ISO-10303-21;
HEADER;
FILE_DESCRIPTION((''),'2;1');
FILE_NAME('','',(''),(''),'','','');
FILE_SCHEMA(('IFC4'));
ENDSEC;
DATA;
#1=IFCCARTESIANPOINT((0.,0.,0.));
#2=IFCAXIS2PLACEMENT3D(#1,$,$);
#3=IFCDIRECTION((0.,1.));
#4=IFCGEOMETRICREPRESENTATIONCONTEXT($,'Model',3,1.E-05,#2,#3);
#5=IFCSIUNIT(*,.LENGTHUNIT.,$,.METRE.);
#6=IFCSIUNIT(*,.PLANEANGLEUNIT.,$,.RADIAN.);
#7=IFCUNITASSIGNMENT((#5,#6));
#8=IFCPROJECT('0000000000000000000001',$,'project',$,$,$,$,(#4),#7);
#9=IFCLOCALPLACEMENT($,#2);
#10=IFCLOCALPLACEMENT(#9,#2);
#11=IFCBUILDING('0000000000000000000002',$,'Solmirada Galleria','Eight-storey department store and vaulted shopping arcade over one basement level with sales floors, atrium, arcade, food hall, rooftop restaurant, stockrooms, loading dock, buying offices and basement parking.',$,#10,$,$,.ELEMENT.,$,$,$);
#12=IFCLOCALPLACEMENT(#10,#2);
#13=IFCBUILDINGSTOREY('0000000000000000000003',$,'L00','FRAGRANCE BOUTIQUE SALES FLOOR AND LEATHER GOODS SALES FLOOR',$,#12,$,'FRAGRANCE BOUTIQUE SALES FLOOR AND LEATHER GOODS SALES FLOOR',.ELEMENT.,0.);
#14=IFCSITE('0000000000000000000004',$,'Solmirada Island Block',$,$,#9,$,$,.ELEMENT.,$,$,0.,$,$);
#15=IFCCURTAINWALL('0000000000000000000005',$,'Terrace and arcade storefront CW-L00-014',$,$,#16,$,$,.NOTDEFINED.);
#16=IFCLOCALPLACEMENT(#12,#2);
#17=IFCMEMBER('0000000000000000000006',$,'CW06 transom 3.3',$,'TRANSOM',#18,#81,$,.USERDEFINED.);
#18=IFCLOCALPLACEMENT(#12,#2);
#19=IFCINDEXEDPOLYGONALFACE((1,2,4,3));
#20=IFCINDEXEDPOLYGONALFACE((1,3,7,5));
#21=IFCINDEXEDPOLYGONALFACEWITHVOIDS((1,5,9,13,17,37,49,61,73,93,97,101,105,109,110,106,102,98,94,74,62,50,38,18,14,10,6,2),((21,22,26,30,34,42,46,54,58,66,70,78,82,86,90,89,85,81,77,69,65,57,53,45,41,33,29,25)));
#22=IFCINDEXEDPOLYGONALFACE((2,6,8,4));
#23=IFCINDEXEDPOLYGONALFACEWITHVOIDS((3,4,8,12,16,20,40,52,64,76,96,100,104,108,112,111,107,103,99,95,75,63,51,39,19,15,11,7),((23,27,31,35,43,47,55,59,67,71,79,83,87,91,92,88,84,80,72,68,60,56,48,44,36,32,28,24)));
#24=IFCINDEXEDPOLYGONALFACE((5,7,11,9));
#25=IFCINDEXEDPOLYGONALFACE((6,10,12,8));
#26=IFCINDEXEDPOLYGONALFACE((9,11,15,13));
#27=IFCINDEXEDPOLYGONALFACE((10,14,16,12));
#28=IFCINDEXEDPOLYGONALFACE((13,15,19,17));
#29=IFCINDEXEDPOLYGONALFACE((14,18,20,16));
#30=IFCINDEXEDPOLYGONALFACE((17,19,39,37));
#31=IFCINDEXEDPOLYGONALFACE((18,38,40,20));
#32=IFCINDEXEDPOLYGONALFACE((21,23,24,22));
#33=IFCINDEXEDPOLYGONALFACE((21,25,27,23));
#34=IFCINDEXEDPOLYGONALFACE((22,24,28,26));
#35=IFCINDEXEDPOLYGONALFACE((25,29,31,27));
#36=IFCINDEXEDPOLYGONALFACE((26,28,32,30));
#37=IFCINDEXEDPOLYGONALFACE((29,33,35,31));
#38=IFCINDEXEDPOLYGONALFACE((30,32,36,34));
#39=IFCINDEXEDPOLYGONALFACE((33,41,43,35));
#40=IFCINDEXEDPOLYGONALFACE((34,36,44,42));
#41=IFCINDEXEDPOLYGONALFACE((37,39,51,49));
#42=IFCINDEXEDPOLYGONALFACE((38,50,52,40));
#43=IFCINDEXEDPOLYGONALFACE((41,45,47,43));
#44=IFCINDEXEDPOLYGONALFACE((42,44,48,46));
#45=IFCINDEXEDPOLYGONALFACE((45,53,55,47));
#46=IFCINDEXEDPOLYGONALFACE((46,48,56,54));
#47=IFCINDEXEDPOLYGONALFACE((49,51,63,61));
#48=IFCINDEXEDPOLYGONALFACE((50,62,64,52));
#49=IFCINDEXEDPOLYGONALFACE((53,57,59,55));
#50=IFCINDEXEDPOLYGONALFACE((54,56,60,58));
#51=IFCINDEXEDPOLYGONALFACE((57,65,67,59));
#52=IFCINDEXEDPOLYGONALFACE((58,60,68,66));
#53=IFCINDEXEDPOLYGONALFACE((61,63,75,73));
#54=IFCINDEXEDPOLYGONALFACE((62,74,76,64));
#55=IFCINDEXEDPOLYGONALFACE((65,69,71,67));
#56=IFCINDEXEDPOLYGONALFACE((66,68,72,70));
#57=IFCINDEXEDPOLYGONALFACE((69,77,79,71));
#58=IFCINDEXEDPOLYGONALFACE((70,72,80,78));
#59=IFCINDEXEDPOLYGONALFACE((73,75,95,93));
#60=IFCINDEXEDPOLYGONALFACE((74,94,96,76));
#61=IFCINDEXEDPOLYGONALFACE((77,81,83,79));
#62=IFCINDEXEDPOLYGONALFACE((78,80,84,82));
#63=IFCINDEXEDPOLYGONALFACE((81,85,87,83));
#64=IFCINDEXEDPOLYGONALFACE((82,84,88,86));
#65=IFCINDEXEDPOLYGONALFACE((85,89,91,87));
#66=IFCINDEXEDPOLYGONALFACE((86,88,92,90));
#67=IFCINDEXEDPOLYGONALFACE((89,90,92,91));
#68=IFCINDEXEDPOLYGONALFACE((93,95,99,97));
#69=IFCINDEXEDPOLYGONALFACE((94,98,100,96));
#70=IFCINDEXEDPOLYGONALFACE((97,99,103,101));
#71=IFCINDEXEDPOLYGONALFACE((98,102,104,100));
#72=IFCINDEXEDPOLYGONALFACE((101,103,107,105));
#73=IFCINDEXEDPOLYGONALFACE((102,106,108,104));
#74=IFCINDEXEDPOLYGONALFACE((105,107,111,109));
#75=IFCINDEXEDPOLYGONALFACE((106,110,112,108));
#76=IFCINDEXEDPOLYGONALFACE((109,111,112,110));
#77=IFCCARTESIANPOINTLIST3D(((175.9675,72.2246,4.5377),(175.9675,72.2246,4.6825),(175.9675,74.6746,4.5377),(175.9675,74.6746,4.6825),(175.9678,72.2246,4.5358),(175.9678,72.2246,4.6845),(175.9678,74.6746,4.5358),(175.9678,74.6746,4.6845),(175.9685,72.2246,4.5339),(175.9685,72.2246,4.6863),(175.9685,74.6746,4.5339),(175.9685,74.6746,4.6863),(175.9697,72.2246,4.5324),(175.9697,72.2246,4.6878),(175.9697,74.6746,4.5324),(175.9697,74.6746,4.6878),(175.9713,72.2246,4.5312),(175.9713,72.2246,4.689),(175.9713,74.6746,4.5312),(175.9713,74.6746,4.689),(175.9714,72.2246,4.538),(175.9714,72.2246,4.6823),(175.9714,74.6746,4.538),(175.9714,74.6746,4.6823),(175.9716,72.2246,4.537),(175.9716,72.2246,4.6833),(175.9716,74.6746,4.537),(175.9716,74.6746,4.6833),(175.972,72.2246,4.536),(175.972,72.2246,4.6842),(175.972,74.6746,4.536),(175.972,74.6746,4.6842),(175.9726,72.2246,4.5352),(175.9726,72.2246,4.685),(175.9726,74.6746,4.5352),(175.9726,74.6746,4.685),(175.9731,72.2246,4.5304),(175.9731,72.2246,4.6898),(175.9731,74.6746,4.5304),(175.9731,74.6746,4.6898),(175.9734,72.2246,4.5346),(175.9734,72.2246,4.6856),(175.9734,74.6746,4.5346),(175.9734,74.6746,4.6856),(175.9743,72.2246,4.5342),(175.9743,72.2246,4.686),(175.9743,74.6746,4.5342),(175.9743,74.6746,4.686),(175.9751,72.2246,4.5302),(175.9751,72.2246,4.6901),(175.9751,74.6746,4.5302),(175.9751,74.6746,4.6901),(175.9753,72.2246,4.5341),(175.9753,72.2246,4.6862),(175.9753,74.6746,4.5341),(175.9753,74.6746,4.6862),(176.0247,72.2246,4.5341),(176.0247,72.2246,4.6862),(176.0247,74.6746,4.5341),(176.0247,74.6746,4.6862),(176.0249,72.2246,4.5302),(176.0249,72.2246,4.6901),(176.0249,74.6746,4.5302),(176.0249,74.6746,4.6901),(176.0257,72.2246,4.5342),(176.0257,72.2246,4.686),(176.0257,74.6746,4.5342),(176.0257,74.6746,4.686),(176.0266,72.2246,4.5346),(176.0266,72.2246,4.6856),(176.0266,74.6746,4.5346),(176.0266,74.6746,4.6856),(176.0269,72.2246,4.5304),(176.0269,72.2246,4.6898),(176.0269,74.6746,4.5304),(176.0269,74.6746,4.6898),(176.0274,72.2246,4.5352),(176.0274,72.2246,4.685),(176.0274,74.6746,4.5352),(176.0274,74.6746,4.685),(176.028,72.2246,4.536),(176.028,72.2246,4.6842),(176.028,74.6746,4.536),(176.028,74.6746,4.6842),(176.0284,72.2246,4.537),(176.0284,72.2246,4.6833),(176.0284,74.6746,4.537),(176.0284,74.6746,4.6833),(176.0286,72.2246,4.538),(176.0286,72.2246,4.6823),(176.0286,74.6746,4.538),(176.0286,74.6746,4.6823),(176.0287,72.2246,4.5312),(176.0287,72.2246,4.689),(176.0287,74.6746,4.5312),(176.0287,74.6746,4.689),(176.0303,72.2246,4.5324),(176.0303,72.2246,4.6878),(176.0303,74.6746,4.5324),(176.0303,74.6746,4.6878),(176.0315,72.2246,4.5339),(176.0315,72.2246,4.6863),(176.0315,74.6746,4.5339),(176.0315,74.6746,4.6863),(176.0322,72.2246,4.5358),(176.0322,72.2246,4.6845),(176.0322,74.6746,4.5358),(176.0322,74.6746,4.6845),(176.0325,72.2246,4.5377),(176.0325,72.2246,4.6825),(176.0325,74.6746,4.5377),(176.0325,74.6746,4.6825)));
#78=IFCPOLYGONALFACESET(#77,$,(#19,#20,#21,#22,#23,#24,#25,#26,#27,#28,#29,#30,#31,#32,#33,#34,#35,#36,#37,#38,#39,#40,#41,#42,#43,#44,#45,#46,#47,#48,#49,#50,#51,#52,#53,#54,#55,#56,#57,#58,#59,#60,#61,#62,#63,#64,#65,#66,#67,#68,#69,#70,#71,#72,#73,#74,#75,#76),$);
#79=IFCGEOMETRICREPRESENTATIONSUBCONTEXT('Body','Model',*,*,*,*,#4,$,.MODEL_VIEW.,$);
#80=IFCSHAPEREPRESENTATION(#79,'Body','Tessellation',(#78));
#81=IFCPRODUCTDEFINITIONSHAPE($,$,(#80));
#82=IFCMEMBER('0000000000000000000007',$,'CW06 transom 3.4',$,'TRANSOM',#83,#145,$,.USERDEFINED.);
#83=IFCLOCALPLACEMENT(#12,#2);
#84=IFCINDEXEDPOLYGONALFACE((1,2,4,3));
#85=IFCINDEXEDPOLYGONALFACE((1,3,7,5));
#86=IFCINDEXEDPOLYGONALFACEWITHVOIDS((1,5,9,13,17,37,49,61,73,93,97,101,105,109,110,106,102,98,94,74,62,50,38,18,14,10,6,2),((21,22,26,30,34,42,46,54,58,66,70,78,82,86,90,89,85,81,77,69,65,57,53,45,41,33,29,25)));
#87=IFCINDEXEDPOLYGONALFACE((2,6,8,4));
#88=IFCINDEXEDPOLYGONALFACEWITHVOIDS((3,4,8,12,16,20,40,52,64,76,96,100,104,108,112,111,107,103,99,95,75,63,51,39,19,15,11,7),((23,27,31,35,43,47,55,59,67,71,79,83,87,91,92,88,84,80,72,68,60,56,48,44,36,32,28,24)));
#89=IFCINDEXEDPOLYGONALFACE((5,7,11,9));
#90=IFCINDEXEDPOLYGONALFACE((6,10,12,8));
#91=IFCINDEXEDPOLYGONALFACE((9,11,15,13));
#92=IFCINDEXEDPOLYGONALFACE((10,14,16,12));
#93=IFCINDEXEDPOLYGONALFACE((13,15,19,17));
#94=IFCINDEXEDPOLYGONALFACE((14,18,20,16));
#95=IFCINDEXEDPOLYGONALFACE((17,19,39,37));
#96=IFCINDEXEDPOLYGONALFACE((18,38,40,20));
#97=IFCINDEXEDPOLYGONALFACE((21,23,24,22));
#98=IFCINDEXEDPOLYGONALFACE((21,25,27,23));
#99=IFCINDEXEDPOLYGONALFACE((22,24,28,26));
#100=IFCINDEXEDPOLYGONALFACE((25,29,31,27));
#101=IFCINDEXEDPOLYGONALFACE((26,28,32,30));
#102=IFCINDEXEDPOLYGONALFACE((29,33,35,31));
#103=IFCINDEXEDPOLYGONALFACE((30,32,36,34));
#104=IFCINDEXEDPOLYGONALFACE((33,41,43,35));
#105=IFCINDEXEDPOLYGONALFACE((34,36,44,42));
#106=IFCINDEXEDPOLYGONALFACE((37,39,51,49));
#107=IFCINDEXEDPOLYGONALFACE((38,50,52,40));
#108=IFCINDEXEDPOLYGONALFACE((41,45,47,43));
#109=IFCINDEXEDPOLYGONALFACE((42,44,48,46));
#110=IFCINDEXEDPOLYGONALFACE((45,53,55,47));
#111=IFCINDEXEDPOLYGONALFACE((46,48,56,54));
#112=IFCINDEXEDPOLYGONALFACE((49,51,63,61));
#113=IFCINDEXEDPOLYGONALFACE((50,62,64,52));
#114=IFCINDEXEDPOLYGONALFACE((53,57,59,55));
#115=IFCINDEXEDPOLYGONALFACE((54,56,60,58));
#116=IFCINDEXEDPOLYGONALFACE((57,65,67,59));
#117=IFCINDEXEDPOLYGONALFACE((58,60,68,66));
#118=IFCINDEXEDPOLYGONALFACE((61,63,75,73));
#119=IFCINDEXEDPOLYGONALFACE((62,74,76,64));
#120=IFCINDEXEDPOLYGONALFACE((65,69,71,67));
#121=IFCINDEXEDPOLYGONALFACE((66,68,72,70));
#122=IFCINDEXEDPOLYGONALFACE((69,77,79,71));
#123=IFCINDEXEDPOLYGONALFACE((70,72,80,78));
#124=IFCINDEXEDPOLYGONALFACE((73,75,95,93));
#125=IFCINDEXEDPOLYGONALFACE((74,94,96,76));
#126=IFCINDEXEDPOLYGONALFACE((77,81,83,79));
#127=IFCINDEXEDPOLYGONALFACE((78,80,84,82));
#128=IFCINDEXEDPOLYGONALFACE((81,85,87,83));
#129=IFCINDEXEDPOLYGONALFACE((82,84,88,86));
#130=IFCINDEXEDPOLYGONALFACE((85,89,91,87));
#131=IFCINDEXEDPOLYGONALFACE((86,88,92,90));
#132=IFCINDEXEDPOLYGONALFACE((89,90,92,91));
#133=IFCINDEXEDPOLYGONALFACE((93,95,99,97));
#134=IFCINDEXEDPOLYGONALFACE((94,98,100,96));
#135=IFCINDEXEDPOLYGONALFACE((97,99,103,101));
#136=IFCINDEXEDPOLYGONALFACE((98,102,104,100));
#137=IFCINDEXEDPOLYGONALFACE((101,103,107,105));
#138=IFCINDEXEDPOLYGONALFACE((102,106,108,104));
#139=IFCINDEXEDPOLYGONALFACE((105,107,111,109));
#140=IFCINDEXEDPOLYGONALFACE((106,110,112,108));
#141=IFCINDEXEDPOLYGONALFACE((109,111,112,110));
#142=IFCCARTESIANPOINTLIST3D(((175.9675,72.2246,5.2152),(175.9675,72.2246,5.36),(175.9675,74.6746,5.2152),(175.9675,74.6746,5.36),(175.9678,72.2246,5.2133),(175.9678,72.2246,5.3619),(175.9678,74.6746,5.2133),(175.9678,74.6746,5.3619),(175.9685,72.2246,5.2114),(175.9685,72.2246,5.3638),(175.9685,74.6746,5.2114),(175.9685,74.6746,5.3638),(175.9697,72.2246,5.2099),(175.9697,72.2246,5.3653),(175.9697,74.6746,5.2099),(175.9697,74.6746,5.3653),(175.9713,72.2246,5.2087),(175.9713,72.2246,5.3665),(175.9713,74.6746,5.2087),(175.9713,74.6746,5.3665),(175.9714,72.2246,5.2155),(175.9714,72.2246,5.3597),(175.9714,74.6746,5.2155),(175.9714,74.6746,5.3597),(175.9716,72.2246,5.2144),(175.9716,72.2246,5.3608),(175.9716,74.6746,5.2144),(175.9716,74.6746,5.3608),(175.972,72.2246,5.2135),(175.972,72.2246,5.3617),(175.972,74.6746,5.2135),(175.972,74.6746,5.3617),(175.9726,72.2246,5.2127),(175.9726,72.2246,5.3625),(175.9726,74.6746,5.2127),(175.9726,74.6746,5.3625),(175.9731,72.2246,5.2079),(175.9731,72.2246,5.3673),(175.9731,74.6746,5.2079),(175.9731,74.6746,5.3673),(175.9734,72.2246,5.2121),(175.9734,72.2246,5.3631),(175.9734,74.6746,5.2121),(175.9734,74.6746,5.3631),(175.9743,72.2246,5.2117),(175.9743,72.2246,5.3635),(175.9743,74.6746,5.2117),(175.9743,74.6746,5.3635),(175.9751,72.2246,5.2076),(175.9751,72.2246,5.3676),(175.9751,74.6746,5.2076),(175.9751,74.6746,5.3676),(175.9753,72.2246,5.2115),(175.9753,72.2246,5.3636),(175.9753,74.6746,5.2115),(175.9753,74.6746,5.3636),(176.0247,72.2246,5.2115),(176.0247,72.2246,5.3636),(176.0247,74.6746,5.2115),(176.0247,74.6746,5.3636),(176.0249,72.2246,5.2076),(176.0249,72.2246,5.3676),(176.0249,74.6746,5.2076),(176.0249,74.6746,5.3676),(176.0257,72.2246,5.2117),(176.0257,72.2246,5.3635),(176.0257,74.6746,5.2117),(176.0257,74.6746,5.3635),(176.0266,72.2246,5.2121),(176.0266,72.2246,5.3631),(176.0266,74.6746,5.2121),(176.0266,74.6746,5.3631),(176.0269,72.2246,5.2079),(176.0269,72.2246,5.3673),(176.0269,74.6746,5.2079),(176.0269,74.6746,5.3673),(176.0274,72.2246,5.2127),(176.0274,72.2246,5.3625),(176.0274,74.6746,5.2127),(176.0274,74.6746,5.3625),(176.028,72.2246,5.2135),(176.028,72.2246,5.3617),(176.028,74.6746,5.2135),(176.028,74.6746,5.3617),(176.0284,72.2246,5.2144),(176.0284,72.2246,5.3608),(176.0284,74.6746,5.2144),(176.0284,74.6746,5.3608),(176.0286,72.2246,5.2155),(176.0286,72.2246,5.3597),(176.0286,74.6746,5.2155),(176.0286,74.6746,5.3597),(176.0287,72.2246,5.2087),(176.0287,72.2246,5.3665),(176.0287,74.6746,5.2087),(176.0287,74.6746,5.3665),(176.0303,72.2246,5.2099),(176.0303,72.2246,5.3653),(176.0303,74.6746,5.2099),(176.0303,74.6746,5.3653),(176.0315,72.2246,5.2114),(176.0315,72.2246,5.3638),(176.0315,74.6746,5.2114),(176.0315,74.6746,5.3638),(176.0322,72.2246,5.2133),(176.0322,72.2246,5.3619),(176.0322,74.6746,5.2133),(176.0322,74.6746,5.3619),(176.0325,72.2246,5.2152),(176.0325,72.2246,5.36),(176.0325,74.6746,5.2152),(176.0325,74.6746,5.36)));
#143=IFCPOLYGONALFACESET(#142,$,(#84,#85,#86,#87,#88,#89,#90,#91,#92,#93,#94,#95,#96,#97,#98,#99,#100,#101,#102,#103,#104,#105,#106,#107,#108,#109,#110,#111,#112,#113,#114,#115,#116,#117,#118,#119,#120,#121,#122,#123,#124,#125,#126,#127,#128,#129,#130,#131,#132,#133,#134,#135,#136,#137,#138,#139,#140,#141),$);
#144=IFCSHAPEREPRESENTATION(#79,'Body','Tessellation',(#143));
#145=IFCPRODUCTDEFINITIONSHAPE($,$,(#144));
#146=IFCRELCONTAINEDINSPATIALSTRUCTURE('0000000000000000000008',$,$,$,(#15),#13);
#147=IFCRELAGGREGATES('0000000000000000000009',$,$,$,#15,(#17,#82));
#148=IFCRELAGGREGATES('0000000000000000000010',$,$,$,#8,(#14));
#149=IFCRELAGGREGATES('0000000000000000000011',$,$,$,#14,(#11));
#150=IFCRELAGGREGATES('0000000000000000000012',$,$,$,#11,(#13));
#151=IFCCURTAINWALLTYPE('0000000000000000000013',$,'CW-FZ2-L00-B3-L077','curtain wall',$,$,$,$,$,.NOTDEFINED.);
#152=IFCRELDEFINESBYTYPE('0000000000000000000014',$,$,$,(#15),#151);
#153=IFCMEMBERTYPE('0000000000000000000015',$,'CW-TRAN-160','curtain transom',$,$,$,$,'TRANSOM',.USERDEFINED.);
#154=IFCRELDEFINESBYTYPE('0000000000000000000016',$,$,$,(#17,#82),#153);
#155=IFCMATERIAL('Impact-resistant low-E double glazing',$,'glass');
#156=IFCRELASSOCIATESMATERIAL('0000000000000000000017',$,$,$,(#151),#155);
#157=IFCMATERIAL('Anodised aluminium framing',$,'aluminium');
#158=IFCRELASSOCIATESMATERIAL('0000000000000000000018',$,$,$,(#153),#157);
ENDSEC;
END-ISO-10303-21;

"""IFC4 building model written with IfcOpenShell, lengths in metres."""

from ifc_helpers import new_model, si_unit, direction, frame, origin, origin_2d, place, context, subcontext, project, spatial, hollow_rectangle, extrude, material, material_profile, profile_set, type_object, element, aggregate, save


model = new_model("IFC4")

# Units and contexts
model_context = context("Model", 3, precision=1e-05, world=origin(), true_north=direction((0.0, 1.0)))
body_context = subcontext(model_context, "Body", "Model", "MODEL_VIEW")
ifc_project = project(units=[si_unit("LENGTHUNIT", "METRE"), si_unit("PLANEANGLEUNIT", "RADIAN")], contexts=[model_context])

# Site, building, storey
site_placement = place(None, origin())
site = spatial("IfcSite", under=ifc_project, at=site_placement, Name="Solmirada Island Block", CompositionType="ELEMENT", RefElevation=0.0)
building_placement = place(site_placement, origin())
building = spatial("IfcBuilding", under=site, at=building_placement, Name="Solmirada Galleria", Description="Eight-storey department store and vaulted shopping arcade over one basement level with sales floors, atrium, arcade, food hall, rooftop restaurant, stockrooms, loading dock, buying offices and basement parking.", CompositionType="ELEMENT")
storey_placement = place(building_placement, origin())
storey = spatial("IfcBuildingStorey", under=building, at=storey_placement, Name="L00", Description="FRAGRANCE BOUTIQUE SALES FLOOR AND LEATHER GOODS SALES FLOOR", LongName="FRAGRANCE BOUTIQUE SALES FLOOR AND LEATHER GOODS SALES FLOOR", CompositionType="ELEMENT", Elevation=0.0)

# Curtain wall, members
ifc_material_1 = material(Name="Impact-resistant low-E double glazing", Category="glass")
curtain_wall_type = type_object("IfcCurtainWallType", Name="CW-FZ2-L00-B3-L077", Description="curtain wall", PredefinedType="NOTDEFINED", material=ifc_material_1)
curtain_wall_placement = place(storey_placement, origin())
curtain_wall = element("IfcCurtainWall", 1, at=curtain_wall_placement, inside=storey, type_object=curtain_wall_type, Name="Terrace and arcade storefront CW-L00-014", PredefinedType="NOTDEFINED")
ifc_material_2 = material(Name="Anodised aluminium framing", Category="aluminium")
ifc_material_profile_1 = material_profile(ifc_material_2, hollow_rectangle(XDim=0.0649, YDim=0.1599, WallThickness=0.0039, InnerFilletRadius=0.0039, OuterFilletRadius=0.0076, at=origin_2d()), Name="ALU-TRAN-160X65")
ifc_profile_set_1 = profile_set([ifc_material_profile_1], Name="Anodised aluminium framing")
member_type_1 = type_object("IfcMemberType", Name="CW-TRAN-160", Description="curtain transom", ElementType="TRANSOM", PredefinedType="USERDEFINED", material=ifc_profile_set_1)
member_1_placement = place(storey_placement, frame((176.0, 74.6746, 4.6101), z_axis=(0.0, -1.0, 0.0), x_axis=(1.0, 0.0, 0.0)))
member_1 = element("IfcMember", 2, at=member_1_placement, type_object=member_type_1, Name="CW06 transom 3.3", ObjectType="TRANSOM", PredefinedType="USERDEFINED", context=body_context, shape_type="SweptSolid", body=[
    extrude(hollow_rectangle(XDim=0.0649, YDim=0.1599, WallThickness=0.0039, InnerFilletRadius=0.0039, OuterFilletRadius=0.0076, at=origin_2d()), origin(), (0.0, 0.0, 1.0), 2.45),
])
member_2_placement = place(storey_placement, frame((176.0, 74.6746, 5.2876), z_axis=(0.0, -1.0, 0.0), x_axis=(1.0, 0.0, 0.0)))
member_2 = element("IfcMember", 3, at=member_2_placement, type_object=member_type_1, Name="CW06 transom 3.4", ObjectType="TRANSOM", PredefinedType="USERDEFINED", context=body_context, shape_type="SweptSolid", body=[
    extrude(hollow_rectangle(XDim=0.0649, YDim=0.1599, WallThickness=0.0039, InnerFilletRadius=0.0039, OuterFilletRadius=0.0076, at=origin_2d()), origin(), (0.0, 0.0, 1.0), 2.45),
])

aggregate(curtain_wall, [member_1, member_2])

save(model, "model.ifc")
